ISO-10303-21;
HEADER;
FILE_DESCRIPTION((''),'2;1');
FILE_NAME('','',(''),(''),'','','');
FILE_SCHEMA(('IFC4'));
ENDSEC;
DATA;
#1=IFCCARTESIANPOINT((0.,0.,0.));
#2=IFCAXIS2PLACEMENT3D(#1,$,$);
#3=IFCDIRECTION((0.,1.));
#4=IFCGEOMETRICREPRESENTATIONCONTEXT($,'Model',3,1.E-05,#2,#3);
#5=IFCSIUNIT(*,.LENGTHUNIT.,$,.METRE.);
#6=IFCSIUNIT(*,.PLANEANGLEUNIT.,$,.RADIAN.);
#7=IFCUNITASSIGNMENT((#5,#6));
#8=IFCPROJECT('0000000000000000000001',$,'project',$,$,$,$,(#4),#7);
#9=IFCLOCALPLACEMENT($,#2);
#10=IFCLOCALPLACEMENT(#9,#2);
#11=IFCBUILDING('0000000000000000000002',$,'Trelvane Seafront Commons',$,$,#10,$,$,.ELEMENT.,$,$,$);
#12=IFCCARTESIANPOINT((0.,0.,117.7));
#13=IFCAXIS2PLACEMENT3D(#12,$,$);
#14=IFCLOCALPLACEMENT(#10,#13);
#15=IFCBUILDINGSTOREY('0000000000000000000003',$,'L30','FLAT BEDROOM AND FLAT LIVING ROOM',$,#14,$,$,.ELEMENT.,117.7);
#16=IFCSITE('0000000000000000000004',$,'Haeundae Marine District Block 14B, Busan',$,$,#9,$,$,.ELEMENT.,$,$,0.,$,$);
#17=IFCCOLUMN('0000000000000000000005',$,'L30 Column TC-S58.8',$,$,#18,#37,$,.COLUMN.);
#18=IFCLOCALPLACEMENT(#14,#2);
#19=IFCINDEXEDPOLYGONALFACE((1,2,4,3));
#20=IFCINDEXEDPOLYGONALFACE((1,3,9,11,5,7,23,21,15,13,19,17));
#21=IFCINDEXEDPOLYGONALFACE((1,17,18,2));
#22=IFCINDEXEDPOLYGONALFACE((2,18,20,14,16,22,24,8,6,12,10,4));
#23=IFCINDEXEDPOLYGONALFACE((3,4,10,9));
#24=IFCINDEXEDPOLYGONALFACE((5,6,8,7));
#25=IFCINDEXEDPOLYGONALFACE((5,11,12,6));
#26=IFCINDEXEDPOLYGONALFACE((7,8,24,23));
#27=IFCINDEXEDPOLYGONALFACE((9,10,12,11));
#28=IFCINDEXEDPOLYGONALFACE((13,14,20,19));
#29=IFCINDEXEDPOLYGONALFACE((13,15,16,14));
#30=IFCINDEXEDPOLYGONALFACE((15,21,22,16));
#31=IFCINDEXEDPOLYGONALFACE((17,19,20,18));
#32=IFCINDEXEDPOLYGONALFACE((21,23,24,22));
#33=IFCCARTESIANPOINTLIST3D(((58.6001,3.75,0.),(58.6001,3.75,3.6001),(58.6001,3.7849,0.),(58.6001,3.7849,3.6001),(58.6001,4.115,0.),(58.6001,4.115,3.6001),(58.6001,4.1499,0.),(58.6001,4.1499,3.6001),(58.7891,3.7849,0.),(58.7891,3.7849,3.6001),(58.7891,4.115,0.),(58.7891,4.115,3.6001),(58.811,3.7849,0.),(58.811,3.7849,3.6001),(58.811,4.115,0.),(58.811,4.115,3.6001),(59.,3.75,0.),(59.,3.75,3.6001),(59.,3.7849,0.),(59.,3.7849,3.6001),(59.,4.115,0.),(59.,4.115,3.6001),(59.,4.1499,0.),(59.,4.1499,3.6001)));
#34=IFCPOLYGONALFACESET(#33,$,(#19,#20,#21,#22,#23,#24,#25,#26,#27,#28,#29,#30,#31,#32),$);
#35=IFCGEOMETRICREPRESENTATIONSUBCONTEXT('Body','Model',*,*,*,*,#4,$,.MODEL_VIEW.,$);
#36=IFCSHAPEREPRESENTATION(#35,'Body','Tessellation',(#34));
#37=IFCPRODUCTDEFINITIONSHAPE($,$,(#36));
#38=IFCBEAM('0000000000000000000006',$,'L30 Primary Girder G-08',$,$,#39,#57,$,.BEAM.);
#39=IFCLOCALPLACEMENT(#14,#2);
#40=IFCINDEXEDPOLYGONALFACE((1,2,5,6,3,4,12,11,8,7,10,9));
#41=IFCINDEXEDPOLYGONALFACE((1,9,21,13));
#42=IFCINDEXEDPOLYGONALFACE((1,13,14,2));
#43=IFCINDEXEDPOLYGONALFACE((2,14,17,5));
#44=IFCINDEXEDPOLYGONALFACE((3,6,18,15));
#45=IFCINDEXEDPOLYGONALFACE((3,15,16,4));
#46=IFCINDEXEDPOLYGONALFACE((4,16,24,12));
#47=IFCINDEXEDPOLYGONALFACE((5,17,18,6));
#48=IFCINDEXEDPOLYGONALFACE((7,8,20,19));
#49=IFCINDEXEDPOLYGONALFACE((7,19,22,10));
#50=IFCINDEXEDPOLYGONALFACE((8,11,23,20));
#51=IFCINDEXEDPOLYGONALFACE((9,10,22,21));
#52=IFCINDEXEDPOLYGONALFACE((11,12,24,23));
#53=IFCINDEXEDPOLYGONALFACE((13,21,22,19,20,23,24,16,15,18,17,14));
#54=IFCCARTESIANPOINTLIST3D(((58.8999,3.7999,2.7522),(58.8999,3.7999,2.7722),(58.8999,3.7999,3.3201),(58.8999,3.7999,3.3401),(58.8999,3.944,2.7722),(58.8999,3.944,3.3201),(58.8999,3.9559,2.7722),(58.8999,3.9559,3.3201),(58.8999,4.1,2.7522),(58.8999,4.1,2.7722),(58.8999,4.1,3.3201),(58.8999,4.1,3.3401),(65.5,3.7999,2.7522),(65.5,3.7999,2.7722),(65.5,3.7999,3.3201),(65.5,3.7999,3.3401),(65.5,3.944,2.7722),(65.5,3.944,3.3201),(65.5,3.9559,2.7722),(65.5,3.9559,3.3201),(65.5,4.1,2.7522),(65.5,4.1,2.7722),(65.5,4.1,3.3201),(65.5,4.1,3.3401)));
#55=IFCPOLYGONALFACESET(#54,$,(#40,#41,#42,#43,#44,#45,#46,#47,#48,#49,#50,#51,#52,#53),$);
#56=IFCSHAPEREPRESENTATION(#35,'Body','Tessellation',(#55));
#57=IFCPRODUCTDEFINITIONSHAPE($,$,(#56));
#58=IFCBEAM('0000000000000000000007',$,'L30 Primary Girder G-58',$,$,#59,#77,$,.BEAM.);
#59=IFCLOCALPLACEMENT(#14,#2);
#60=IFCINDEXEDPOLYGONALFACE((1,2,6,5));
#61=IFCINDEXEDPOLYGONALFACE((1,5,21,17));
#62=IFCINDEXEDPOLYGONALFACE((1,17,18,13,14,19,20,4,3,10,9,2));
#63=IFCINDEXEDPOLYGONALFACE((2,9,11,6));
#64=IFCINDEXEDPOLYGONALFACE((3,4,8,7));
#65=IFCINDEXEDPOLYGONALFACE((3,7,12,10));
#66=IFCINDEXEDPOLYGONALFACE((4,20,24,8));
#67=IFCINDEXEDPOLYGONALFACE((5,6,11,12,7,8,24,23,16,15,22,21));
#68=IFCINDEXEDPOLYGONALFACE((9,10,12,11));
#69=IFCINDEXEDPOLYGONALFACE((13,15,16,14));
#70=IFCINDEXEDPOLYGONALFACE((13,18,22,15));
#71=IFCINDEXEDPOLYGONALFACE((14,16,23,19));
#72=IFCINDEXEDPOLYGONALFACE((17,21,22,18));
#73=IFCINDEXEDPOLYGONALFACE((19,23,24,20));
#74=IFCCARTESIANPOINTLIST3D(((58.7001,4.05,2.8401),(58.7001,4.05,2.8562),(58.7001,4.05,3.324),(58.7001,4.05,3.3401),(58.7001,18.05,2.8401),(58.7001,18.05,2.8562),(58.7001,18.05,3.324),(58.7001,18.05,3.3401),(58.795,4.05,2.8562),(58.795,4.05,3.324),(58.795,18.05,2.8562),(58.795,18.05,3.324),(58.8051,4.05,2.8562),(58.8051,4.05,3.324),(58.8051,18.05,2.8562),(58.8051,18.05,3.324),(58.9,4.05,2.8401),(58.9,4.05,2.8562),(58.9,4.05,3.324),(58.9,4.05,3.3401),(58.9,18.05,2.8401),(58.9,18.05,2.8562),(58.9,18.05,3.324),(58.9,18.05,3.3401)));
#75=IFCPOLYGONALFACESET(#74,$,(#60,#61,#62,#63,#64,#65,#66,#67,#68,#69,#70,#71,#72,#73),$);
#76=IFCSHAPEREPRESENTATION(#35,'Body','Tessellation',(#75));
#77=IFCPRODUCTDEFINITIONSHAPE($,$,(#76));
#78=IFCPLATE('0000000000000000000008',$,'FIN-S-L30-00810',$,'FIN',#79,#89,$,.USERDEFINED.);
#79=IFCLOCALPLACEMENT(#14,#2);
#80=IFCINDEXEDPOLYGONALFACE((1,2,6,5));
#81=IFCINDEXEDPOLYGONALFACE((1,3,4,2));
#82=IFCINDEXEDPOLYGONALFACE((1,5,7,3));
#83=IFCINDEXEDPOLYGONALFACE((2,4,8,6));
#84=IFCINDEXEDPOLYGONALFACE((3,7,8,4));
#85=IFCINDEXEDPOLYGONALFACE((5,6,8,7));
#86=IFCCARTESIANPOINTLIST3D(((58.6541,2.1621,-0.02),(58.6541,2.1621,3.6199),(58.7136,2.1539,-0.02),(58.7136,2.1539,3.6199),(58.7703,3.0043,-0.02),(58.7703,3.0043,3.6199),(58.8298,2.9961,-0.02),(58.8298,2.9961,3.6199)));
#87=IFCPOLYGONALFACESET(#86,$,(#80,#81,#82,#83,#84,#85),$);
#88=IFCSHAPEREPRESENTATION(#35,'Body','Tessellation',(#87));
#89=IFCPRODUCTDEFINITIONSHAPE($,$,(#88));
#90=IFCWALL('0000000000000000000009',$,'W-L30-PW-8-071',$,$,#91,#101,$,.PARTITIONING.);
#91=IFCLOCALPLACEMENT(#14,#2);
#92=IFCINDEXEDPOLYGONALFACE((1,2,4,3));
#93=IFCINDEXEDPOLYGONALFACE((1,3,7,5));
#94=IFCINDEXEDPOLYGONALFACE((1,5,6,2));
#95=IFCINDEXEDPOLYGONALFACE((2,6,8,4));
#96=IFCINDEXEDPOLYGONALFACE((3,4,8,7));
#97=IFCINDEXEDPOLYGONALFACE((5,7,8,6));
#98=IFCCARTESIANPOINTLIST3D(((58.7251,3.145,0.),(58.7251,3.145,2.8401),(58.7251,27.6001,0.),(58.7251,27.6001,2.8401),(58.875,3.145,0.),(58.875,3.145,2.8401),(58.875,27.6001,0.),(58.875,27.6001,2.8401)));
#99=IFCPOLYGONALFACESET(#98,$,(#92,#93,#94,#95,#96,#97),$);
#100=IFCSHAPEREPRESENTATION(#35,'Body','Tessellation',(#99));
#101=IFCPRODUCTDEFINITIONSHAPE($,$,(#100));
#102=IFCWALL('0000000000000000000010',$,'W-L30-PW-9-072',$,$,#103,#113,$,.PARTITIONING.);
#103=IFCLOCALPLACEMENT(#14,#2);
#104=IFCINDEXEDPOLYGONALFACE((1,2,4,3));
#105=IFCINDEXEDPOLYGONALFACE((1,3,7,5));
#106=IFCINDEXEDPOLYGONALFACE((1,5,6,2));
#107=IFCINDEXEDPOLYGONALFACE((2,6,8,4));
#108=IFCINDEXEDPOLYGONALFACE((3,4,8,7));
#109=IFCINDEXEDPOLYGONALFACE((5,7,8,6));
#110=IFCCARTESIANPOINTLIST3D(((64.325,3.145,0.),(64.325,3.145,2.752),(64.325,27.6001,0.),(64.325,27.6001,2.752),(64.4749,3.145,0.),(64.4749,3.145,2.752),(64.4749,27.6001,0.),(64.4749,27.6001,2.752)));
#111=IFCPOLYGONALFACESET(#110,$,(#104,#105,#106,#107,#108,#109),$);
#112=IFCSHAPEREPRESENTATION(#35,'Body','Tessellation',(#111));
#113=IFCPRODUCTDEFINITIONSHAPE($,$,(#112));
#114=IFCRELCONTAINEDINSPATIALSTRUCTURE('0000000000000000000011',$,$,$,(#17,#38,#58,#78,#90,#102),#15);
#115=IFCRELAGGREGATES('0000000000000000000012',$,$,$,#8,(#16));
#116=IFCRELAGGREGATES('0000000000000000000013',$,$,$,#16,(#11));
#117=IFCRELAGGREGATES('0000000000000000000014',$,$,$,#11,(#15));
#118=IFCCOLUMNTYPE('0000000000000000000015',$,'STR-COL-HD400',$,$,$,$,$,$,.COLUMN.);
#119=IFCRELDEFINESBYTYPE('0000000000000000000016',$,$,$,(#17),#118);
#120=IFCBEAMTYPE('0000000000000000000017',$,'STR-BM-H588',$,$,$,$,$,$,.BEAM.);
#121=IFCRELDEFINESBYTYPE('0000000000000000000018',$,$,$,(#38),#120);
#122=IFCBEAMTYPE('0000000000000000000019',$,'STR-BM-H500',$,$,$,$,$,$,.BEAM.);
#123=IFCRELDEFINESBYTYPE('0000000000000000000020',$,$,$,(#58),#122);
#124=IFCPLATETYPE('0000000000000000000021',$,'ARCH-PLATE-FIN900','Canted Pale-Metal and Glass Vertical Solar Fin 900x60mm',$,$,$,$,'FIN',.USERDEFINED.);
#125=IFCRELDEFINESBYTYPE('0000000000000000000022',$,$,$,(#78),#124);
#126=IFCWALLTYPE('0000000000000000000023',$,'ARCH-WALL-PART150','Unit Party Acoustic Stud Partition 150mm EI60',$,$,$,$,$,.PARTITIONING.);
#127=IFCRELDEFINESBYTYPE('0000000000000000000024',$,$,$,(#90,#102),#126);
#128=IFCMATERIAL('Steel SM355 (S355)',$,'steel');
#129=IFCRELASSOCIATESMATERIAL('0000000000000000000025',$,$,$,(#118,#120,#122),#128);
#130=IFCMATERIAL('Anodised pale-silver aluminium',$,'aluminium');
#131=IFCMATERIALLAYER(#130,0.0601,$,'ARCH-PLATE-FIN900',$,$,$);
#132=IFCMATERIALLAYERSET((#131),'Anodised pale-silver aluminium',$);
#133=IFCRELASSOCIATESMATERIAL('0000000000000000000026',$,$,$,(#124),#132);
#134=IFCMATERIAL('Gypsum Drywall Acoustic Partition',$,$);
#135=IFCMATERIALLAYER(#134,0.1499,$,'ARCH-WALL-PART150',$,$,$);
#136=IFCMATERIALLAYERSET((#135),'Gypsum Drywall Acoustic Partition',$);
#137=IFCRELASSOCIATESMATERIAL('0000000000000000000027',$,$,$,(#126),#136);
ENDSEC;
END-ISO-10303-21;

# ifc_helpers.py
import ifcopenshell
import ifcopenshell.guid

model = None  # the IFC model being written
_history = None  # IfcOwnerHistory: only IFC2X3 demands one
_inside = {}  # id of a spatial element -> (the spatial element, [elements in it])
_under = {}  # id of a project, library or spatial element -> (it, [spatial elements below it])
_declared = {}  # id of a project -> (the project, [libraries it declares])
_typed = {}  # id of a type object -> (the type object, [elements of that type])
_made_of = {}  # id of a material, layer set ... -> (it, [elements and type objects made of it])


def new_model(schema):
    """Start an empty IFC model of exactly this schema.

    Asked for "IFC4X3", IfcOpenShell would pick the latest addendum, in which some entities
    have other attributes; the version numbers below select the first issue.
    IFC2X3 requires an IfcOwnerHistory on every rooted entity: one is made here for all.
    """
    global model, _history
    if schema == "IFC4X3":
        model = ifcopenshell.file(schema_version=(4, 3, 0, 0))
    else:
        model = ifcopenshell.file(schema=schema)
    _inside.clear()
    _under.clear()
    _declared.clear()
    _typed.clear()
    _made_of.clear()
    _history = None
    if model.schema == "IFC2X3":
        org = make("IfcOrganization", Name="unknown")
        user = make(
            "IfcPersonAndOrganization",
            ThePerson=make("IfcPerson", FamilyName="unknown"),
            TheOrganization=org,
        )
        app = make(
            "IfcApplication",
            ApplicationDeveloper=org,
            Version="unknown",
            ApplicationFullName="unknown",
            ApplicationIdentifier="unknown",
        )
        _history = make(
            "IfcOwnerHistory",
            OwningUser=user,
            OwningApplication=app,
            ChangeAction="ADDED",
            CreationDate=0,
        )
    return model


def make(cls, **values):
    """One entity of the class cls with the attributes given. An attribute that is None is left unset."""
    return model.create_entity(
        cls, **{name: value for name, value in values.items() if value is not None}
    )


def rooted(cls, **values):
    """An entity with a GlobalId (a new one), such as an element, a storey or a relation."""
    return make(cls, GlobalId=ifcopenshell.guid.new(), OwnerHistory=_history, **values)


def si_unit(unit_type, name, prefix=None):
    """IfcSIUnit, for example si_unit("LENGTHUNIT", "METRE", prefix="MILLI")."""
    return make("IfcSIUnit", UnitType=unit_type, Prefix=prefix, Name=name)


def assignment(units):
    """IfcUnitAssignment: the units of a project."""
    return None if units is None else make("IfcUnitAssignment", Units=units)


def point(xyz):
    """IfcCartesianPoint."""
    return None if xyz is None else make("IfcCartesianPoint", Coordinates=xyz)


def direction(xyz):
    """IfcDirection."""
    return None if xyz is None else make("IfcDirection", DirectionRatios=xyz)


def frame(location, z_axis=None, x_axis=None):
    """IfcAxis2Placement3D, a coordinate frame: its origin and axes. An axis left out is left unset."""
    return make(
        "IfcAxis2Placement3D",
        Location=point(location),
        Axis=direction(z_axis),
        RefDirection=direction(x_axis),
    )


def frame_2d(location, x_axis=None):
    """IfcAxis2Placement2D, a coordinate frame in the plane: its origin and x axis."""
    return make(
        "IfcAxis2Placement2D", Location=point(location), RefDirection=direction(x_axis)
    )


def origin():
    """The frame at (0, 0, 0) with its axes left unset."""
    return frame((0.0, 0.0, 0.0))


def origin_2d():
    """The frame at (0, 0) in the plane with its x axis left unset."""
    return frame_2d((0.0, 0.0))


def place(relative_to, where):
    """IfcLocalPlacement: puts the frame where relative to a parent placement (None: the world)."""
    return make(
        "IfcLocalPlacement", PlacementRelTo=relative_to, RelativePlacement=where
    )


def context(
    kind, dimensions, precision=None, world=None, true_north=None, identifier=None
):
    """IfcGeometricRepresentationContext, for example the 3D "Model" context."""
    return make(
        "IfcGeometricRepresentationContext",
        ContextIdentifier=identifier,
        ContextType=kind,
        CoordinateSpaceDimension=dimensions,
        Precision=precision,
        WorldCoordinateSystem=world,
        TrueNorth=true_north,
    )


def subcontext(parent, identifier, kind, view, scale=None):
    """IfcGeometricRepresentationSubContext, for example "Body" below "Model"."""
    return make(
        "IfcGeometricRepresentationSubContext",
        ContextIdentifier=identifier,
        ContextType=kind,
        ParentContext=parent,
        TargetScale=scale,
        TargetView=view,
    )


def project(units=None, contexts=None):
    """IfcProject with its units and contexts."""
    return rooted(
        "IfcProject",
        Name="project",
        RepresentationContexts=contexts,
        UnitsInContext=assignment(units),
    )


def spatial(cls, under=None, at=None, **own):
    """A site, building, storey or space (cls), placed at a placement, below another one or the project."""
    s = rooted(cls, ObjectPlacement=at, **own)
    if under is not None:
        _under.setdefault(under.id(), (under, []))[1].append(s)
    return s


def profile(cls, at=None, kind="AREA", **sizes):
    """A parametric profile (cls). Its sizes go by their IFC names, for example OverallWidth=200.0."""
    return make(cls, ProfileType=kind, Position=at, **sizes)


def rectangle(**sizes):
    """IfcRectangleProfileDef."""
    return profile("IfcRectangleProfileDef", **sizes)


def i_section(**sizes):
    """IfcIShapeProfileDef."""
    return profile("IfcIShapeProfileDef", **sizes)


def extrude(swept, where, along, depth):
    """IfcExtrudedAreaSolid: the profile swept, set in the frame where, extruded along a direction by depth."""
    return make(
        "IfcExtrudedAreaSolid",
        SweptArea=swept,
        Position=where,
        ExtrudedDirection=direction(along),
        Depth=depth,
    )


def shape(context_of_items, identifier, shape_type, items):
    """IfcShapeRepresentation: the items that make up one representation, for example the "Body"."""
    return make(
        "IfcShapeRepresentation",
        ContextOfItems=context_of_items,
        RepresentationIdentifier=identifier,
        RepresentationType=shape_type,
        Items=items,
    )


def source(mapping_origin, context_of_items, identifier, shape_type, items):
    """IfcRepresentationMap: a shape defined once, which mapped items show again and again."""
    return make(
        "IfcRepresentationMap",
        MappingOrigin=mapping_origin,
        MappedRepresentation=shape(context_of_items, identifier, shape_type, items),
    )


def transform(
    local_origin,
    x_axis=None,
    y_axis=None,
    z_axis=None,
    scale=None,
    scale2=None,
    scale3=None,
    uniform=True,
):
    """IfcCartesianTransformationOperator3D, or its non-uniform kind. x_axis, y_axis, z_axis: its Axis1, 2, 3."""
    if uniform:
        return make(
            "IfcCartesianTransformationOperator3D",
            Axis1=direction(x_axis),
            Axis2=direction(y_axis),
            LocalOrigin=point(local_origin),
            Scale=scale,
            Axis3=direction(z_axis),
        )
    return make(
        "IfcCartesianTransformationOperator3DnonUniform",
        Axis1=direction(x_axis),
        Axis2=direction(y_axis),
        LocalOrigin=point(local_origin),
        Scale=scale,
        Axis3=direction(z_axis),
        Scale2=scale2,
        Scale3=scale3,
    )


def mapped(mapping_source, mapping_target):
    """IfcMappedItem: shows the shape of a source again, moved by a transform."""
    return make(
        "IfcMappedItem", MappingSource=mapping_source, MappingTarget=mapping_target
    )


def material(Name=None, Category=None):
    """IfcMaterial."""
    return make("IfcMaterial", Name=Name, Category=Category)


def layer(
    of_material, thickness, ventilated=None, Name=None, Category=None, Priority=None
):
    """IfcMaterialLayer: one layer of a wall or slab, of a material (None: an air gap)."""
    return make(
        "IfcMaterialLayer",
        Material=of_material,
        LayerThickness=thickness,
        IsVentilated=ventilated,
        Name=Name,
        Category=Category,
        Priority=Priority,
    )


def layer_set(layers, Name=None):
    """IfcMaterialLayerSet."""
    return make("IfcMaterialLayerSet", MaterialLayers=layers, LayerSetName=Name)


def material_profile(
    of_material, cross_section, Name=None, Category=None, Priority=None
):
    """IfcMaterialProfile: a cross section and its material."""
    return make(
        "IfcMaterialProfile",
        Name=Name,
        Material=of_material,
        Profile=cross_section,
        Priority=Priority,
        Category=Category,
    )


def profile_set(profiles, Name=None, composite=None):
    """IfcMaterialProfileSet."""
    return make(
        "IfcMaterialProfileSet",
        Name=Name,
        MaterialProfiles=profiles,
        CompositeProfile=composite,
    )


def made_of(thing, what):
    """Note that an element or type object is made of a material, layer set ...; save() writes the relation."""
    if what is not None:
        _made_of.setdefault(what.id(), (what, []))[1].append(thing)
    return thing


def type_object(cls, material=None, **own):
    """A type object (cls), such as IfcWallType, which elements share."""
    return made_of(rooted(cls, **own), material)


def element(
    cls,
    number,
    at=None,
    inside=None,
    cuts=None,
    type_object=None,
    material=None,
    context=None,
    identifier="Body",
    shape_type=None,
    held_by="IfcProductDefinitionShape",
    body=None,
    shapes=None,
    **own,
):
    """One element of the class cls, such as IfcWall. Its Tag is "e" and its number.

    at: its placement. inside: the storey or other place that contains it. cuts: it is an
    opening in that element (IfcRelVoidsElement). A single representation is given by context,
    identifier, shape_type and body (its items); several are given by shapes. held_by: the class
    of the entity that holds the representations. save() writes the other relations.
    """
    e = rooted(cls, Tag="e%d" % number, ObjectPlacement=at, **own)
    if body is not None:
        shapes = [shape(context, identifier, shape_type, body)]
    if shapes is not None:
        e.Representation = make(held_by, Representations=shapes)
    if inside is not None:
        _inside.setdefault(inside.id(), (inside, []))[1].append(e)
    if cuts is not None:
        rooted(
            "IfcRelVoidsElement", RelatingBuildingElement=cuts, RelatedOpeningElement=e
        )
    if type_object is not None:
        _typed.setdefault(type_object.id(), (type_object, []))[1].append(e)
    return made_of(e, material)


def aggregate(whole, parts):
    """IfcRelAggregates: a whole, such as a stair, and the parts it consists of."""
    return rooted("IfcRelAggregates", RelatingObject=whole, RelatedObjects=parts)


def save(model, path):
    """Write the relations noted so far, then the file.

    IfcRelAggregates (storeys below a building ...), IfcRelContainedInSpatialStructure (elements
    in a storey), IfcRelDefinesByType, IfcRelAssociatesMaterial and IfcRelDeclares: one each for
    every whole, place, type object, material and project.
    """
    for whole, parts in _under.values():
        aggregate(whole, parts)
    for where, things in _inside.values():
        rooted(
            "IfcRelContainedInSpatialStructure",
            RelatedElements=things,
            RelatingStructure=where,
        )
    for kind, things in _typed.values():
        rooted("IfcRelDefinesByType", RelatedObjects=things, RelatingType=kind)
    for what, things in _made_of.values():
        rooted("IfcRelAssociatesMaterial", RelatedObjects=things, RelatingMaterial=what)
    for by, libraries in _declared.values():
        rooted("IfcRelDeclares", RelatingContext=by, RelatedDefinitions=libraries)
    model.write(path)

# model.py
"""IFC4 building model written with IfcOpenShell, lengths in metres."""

from ifc_helpers import new_model, si_unit, direction, frame, frame_2d, origin, origin_2d, place, context, subcontext, project, spatial, rectangle, i_section, extrude, source, transform, mapped, material, layer, layer_set, material_profile, profile_set, type_object, element, save


model = new_model("IFC4")

# Units and contexts
model_context = context("Model", 3, precision=1e-05, world=origin(), true_north=direction((0.0, 1.0)))
body_context = subcontext(model_context, "Body", "Model", "MODEL_VIEW")
ifc_project = project(units=[si_unit("LENGTHUNIT", "METRE"), si_unit("PLANEANGLEUNIT", "RADIAN")], contexts=[model_context])

# Site, building, storey
site_placement = place(None, origin())
site = spatial("IfcSite", under=ifc_project, at=site_placement, Name="Haeundae Marine District Block 14B, Busan", CompositionType="ELEMENT", RefElevation=0.0)
building_placement = place(site_placement, origin())
building = spatial("IfcBuilding", under=site, at=building_placement, Name="Trelvane Seafront Commons", CompositionType="ELEMENT")
storey_placement = place(building_placement, frame((0.0, 0.0, 117.7)))
storey = spatial("IfcBuildingStorey", under=building, at=storey_placement, Name="L30", Description="FLAT BEDROOM AND FLAT LIVING ROOM", CompositionType="ELEMENT", Elevation=117.7)

# Column
ifc_material_1 = material(Name="Steel SM355 (S355)", Category="steel")
ifc_material_profile_1 = material_profile(ifc_material_1, i_section(OverallWidth=0.3999, OverallDepth=0.3999, WebThickness=0.022, FlangeThickness=0.0349, at=origin_2d()), Name="HD-400x400x22x35")
ifc_profile_set_1 = profile_set([ifc_material_profile_1], Name="Steel SM355 (S355)")
column_type = type_object("IfcColumnType", Name="STR-COL-HD400", PredefinedType="COLUMN", material=ifc_profile_set_1)
shared_shape_1 = source(origin(), body_context, "Body", "SweptSolid", [
    extrude(i_section(OverallWidth=0.3999, OverallDepth=0.3999, WebThickness=0.022, FlangeThickness=0.0349, at=origin_2d()), origin(), (0.0, 0.0, 1.0), 3.6001),
])
column_placement = place(storey_placement, frame((58.8, 3.95, 0.0), z_axis=(0.0, 0.0, 1.0), x_axis=(1.0, 0.0, 0.0)))
element("IfcColumn", 1, at=column_placement, inside=storey, type_object=column_type, Name="L30 Column TC-S58.8", PredefinedType="COLUMN", context=body_context, shape_type="MappedRepresentation", body=[
    mapped(shared_shape_1, transform((0.0, 0.0, 0.0), x_axis=(1.0, 0.0, 0.0), y_axis=(0.0, 1.0, 0.0), z_axis=(0.0, 0.0, 1.0), scale=1.0)),
])

# Beams
ifc_material_profile_2 = material_profile(ifc_material_1, i_section(OverallWidth=0.3, OverallDepth=0.5879, WebThickness=0.012, FlangeThickness=0.02, at=origin_2d()), Name="H-588x300x12x20")
ifc_profile_set_2 = profile_set([ifc_material_profile_2], Name="Steel SM355 (S355)")
beam_type_1 = type_object("IfcBeamType", Name="STR-BM-H588", PredefinedType="BEAM", material=ifc_profile_set_2)
shared_shape_2 = source(origin(), body_context, "Body", "SweptSolid", [
    extrude(i_section(OverallWidth=0.3, OverallDepth=0.5879, WebThickness=0.012, FlangeThickness=0.02, at=origin_2d()), origin(), (0.0, 0.0, 1.0), 6.6001),
])
beam_1_placement = place(storey_placement, frame((58.8999, 3.95, 3.0461), z_axis=(1.0, 0.0, 0.0), x_axis=(0.0, 1.0, 0.0)))
element("IfcBeam", 2, at=beam_1_placement, inside=storey, type_object=beam_type_1, Name="L30 Primary Girder G-08", PredefinedType="BEAM", context=body_context, shape_type="MappedRepresentation", body=[
    mapped(shared_shape_2, transform((0.0, 0.0, 0.0), x_axis=(1.0, 0.0, 0.0), y_axis=(0.0, 1.0, 0.0), z_axis=(0.0, 0.0, 1.0), scale=1.0)),
])
ifc_material_profile_3 = material_profile(ifc_material_1, i_section(OverallWidth=0.2, OverallDepth=0.5, WebThickness=0.01, FlangeThickness=0.0161, at=origin_2d()), Name="H-500x200x10x16")
ifc_profile_set_3 = profile_set([ifc_material_profile_3], Name="Steel SM355 (S355)")
beam_type_2 = type_object("IfcBeamType", Name="STR-BM-H500", PredefinedType="BEAM", material=ifc_profile_set_3)
shared_shape_3 = source(origin(), body_context, "Body", "SweptSolid", [
    extrude(i_section(OverallWidth=0.2, OverallDepth=0.5, WebThickness=0.01, FlangeThickness=0.0161, at=origin_2d()), origin(), (0.0, 0.0, 1.0), 14.0),
])
beam_2_placement = place(storey_placement, frame((58.8, 4.05, 3.0901), z_axis=(0.0, 1.0, 0.0), x_axis=(-1.0, 0.0, 0.0)))
element("IfcBeam", 3, at=beam_2_placement, inside=storey, type_object=beam_type_2, Name="L30 Primary Girder G-58", PredefinedType="BEAM", context=body_context, shape_type="MappedRepresentation", body=[
    mapped(shared_shape_3, transform((0.0, 0.0, 0.0), x_axis=(1.0, 0.0, 0.0), y_axis=(0.0, 1.0, 0.0), z_axis=(0.0, 0.0, 1.0), scale=1.0)),
])

# Plate
ifc_material_2 = material(Name="Anodised pale-silver aluminium", Category="aluminium")
ifc_layer_1 = layer(ifc_material_2, 0.0601, Name="ARCH-PLATE-FIN900")
ifc_layer_set_1 = layer_set([ifc_layer_1], Name="Anodised pale-silver aluminium")
plate_type = type_object("IfcPlateType", Name="ARCH-PLATE-FIN900", Description="Canted Pale-Metal and Glass Vertical Solar Fin 900x60mm", ElementType="FIN", PredefinedType="USERDEFINED", material=ifc_layer_set_1)
shared_shape_4 = source(origin(), body_context, "Body", "SweptSolid", [
    extrude(rectangle(XDim=0.8501, YDim=0.0601, at=origin_2d()), origin(), (0.0, 0.0, 1.0), 3.6399),
])
plate_placement = place(storey_placement, frame((58.7419, 2.5791, -0.02), z_axis=(0.0, 0.0, 1.0), x_axis=(-0.136594, -0.990627, 0.0)))
element("IfcPlate", 4, at=plate_placement, inside=storey, type_object=plate_type, Name="FIN-S-L30-00810", ObjectType="FIN", PredefinedType="USERDEFINED", context=body_context, shape_type="MappedRepresentation", body=[
    mapped(shared_shape_4, transform((0.0, 0.0, 0.0), x_axis=(1.0, 0.0, 0.0), y_axis=(0.0, 1.0, 0.0), z_axis=(0.0, 0.0, 1.0), scale=1.0)),
])

# Walls
ifc_material_3 = material(Name="Gypsum Drywall Acoustic Partition")
ifc_layer_2 = layer(ifc_material_3, 0.1499, Name="ARCH-WALL-PART150")
ifc_layer_set_2 = layer_set([ifc_layer_2], Name="Gypsum Drywall Acoustic Partition")
wall_type = type_object("IfcWallType", Name="ARCH-WALL-PART150", Description="Unit Party Acoustic Stud Partition 150mm EI60", PredefinedType="PARTITIONING", material=ifc_layer_set_2)
wall_1_placement = place(storey_placement, frame((58.8, 3.145, 0.0), z_axis=(0.0, 0.0, 1.0), x_axis=(0.0, 1.0, 0.0)))
element("IfcWall", 5, at=wall_1_placement, inside=storey, type_object=wall_type, Name="W-L30-PW-8-071", PredefinedType="PARTITIONING", context=body_context, shape_type="SweptSolid", body=[
    extrude(rectangle(XDim=24.4551, YDim=0.1499, at=frame_2d((12.2275, 0.0))), origin(), (0.0, 0.0, 1.0), 2.8401),
])
wall_2_placement = place(storey_placement, frame((64.3999, 3.145, 0.0), z_axis=(0.0, 0.0, 1.0), x_axis=(0.0, 1.0, 0.0)))
element("IfcWall", 6, at=wall_2_placement, inside=storey, type_object=wall_type, Name="W-L30-PW-9-072", PredefinedType="PARTITIONING", context=body_context, shape_type="SweptSolid", body=[
    extrude(rectangle(XDim=24.4551, YDim=0.1499, at=frame_2d((12.2275, 0.0))), origin(), (0.0, 0.0, 1.0), 2.752),
])

save(model, "model.ifc")
